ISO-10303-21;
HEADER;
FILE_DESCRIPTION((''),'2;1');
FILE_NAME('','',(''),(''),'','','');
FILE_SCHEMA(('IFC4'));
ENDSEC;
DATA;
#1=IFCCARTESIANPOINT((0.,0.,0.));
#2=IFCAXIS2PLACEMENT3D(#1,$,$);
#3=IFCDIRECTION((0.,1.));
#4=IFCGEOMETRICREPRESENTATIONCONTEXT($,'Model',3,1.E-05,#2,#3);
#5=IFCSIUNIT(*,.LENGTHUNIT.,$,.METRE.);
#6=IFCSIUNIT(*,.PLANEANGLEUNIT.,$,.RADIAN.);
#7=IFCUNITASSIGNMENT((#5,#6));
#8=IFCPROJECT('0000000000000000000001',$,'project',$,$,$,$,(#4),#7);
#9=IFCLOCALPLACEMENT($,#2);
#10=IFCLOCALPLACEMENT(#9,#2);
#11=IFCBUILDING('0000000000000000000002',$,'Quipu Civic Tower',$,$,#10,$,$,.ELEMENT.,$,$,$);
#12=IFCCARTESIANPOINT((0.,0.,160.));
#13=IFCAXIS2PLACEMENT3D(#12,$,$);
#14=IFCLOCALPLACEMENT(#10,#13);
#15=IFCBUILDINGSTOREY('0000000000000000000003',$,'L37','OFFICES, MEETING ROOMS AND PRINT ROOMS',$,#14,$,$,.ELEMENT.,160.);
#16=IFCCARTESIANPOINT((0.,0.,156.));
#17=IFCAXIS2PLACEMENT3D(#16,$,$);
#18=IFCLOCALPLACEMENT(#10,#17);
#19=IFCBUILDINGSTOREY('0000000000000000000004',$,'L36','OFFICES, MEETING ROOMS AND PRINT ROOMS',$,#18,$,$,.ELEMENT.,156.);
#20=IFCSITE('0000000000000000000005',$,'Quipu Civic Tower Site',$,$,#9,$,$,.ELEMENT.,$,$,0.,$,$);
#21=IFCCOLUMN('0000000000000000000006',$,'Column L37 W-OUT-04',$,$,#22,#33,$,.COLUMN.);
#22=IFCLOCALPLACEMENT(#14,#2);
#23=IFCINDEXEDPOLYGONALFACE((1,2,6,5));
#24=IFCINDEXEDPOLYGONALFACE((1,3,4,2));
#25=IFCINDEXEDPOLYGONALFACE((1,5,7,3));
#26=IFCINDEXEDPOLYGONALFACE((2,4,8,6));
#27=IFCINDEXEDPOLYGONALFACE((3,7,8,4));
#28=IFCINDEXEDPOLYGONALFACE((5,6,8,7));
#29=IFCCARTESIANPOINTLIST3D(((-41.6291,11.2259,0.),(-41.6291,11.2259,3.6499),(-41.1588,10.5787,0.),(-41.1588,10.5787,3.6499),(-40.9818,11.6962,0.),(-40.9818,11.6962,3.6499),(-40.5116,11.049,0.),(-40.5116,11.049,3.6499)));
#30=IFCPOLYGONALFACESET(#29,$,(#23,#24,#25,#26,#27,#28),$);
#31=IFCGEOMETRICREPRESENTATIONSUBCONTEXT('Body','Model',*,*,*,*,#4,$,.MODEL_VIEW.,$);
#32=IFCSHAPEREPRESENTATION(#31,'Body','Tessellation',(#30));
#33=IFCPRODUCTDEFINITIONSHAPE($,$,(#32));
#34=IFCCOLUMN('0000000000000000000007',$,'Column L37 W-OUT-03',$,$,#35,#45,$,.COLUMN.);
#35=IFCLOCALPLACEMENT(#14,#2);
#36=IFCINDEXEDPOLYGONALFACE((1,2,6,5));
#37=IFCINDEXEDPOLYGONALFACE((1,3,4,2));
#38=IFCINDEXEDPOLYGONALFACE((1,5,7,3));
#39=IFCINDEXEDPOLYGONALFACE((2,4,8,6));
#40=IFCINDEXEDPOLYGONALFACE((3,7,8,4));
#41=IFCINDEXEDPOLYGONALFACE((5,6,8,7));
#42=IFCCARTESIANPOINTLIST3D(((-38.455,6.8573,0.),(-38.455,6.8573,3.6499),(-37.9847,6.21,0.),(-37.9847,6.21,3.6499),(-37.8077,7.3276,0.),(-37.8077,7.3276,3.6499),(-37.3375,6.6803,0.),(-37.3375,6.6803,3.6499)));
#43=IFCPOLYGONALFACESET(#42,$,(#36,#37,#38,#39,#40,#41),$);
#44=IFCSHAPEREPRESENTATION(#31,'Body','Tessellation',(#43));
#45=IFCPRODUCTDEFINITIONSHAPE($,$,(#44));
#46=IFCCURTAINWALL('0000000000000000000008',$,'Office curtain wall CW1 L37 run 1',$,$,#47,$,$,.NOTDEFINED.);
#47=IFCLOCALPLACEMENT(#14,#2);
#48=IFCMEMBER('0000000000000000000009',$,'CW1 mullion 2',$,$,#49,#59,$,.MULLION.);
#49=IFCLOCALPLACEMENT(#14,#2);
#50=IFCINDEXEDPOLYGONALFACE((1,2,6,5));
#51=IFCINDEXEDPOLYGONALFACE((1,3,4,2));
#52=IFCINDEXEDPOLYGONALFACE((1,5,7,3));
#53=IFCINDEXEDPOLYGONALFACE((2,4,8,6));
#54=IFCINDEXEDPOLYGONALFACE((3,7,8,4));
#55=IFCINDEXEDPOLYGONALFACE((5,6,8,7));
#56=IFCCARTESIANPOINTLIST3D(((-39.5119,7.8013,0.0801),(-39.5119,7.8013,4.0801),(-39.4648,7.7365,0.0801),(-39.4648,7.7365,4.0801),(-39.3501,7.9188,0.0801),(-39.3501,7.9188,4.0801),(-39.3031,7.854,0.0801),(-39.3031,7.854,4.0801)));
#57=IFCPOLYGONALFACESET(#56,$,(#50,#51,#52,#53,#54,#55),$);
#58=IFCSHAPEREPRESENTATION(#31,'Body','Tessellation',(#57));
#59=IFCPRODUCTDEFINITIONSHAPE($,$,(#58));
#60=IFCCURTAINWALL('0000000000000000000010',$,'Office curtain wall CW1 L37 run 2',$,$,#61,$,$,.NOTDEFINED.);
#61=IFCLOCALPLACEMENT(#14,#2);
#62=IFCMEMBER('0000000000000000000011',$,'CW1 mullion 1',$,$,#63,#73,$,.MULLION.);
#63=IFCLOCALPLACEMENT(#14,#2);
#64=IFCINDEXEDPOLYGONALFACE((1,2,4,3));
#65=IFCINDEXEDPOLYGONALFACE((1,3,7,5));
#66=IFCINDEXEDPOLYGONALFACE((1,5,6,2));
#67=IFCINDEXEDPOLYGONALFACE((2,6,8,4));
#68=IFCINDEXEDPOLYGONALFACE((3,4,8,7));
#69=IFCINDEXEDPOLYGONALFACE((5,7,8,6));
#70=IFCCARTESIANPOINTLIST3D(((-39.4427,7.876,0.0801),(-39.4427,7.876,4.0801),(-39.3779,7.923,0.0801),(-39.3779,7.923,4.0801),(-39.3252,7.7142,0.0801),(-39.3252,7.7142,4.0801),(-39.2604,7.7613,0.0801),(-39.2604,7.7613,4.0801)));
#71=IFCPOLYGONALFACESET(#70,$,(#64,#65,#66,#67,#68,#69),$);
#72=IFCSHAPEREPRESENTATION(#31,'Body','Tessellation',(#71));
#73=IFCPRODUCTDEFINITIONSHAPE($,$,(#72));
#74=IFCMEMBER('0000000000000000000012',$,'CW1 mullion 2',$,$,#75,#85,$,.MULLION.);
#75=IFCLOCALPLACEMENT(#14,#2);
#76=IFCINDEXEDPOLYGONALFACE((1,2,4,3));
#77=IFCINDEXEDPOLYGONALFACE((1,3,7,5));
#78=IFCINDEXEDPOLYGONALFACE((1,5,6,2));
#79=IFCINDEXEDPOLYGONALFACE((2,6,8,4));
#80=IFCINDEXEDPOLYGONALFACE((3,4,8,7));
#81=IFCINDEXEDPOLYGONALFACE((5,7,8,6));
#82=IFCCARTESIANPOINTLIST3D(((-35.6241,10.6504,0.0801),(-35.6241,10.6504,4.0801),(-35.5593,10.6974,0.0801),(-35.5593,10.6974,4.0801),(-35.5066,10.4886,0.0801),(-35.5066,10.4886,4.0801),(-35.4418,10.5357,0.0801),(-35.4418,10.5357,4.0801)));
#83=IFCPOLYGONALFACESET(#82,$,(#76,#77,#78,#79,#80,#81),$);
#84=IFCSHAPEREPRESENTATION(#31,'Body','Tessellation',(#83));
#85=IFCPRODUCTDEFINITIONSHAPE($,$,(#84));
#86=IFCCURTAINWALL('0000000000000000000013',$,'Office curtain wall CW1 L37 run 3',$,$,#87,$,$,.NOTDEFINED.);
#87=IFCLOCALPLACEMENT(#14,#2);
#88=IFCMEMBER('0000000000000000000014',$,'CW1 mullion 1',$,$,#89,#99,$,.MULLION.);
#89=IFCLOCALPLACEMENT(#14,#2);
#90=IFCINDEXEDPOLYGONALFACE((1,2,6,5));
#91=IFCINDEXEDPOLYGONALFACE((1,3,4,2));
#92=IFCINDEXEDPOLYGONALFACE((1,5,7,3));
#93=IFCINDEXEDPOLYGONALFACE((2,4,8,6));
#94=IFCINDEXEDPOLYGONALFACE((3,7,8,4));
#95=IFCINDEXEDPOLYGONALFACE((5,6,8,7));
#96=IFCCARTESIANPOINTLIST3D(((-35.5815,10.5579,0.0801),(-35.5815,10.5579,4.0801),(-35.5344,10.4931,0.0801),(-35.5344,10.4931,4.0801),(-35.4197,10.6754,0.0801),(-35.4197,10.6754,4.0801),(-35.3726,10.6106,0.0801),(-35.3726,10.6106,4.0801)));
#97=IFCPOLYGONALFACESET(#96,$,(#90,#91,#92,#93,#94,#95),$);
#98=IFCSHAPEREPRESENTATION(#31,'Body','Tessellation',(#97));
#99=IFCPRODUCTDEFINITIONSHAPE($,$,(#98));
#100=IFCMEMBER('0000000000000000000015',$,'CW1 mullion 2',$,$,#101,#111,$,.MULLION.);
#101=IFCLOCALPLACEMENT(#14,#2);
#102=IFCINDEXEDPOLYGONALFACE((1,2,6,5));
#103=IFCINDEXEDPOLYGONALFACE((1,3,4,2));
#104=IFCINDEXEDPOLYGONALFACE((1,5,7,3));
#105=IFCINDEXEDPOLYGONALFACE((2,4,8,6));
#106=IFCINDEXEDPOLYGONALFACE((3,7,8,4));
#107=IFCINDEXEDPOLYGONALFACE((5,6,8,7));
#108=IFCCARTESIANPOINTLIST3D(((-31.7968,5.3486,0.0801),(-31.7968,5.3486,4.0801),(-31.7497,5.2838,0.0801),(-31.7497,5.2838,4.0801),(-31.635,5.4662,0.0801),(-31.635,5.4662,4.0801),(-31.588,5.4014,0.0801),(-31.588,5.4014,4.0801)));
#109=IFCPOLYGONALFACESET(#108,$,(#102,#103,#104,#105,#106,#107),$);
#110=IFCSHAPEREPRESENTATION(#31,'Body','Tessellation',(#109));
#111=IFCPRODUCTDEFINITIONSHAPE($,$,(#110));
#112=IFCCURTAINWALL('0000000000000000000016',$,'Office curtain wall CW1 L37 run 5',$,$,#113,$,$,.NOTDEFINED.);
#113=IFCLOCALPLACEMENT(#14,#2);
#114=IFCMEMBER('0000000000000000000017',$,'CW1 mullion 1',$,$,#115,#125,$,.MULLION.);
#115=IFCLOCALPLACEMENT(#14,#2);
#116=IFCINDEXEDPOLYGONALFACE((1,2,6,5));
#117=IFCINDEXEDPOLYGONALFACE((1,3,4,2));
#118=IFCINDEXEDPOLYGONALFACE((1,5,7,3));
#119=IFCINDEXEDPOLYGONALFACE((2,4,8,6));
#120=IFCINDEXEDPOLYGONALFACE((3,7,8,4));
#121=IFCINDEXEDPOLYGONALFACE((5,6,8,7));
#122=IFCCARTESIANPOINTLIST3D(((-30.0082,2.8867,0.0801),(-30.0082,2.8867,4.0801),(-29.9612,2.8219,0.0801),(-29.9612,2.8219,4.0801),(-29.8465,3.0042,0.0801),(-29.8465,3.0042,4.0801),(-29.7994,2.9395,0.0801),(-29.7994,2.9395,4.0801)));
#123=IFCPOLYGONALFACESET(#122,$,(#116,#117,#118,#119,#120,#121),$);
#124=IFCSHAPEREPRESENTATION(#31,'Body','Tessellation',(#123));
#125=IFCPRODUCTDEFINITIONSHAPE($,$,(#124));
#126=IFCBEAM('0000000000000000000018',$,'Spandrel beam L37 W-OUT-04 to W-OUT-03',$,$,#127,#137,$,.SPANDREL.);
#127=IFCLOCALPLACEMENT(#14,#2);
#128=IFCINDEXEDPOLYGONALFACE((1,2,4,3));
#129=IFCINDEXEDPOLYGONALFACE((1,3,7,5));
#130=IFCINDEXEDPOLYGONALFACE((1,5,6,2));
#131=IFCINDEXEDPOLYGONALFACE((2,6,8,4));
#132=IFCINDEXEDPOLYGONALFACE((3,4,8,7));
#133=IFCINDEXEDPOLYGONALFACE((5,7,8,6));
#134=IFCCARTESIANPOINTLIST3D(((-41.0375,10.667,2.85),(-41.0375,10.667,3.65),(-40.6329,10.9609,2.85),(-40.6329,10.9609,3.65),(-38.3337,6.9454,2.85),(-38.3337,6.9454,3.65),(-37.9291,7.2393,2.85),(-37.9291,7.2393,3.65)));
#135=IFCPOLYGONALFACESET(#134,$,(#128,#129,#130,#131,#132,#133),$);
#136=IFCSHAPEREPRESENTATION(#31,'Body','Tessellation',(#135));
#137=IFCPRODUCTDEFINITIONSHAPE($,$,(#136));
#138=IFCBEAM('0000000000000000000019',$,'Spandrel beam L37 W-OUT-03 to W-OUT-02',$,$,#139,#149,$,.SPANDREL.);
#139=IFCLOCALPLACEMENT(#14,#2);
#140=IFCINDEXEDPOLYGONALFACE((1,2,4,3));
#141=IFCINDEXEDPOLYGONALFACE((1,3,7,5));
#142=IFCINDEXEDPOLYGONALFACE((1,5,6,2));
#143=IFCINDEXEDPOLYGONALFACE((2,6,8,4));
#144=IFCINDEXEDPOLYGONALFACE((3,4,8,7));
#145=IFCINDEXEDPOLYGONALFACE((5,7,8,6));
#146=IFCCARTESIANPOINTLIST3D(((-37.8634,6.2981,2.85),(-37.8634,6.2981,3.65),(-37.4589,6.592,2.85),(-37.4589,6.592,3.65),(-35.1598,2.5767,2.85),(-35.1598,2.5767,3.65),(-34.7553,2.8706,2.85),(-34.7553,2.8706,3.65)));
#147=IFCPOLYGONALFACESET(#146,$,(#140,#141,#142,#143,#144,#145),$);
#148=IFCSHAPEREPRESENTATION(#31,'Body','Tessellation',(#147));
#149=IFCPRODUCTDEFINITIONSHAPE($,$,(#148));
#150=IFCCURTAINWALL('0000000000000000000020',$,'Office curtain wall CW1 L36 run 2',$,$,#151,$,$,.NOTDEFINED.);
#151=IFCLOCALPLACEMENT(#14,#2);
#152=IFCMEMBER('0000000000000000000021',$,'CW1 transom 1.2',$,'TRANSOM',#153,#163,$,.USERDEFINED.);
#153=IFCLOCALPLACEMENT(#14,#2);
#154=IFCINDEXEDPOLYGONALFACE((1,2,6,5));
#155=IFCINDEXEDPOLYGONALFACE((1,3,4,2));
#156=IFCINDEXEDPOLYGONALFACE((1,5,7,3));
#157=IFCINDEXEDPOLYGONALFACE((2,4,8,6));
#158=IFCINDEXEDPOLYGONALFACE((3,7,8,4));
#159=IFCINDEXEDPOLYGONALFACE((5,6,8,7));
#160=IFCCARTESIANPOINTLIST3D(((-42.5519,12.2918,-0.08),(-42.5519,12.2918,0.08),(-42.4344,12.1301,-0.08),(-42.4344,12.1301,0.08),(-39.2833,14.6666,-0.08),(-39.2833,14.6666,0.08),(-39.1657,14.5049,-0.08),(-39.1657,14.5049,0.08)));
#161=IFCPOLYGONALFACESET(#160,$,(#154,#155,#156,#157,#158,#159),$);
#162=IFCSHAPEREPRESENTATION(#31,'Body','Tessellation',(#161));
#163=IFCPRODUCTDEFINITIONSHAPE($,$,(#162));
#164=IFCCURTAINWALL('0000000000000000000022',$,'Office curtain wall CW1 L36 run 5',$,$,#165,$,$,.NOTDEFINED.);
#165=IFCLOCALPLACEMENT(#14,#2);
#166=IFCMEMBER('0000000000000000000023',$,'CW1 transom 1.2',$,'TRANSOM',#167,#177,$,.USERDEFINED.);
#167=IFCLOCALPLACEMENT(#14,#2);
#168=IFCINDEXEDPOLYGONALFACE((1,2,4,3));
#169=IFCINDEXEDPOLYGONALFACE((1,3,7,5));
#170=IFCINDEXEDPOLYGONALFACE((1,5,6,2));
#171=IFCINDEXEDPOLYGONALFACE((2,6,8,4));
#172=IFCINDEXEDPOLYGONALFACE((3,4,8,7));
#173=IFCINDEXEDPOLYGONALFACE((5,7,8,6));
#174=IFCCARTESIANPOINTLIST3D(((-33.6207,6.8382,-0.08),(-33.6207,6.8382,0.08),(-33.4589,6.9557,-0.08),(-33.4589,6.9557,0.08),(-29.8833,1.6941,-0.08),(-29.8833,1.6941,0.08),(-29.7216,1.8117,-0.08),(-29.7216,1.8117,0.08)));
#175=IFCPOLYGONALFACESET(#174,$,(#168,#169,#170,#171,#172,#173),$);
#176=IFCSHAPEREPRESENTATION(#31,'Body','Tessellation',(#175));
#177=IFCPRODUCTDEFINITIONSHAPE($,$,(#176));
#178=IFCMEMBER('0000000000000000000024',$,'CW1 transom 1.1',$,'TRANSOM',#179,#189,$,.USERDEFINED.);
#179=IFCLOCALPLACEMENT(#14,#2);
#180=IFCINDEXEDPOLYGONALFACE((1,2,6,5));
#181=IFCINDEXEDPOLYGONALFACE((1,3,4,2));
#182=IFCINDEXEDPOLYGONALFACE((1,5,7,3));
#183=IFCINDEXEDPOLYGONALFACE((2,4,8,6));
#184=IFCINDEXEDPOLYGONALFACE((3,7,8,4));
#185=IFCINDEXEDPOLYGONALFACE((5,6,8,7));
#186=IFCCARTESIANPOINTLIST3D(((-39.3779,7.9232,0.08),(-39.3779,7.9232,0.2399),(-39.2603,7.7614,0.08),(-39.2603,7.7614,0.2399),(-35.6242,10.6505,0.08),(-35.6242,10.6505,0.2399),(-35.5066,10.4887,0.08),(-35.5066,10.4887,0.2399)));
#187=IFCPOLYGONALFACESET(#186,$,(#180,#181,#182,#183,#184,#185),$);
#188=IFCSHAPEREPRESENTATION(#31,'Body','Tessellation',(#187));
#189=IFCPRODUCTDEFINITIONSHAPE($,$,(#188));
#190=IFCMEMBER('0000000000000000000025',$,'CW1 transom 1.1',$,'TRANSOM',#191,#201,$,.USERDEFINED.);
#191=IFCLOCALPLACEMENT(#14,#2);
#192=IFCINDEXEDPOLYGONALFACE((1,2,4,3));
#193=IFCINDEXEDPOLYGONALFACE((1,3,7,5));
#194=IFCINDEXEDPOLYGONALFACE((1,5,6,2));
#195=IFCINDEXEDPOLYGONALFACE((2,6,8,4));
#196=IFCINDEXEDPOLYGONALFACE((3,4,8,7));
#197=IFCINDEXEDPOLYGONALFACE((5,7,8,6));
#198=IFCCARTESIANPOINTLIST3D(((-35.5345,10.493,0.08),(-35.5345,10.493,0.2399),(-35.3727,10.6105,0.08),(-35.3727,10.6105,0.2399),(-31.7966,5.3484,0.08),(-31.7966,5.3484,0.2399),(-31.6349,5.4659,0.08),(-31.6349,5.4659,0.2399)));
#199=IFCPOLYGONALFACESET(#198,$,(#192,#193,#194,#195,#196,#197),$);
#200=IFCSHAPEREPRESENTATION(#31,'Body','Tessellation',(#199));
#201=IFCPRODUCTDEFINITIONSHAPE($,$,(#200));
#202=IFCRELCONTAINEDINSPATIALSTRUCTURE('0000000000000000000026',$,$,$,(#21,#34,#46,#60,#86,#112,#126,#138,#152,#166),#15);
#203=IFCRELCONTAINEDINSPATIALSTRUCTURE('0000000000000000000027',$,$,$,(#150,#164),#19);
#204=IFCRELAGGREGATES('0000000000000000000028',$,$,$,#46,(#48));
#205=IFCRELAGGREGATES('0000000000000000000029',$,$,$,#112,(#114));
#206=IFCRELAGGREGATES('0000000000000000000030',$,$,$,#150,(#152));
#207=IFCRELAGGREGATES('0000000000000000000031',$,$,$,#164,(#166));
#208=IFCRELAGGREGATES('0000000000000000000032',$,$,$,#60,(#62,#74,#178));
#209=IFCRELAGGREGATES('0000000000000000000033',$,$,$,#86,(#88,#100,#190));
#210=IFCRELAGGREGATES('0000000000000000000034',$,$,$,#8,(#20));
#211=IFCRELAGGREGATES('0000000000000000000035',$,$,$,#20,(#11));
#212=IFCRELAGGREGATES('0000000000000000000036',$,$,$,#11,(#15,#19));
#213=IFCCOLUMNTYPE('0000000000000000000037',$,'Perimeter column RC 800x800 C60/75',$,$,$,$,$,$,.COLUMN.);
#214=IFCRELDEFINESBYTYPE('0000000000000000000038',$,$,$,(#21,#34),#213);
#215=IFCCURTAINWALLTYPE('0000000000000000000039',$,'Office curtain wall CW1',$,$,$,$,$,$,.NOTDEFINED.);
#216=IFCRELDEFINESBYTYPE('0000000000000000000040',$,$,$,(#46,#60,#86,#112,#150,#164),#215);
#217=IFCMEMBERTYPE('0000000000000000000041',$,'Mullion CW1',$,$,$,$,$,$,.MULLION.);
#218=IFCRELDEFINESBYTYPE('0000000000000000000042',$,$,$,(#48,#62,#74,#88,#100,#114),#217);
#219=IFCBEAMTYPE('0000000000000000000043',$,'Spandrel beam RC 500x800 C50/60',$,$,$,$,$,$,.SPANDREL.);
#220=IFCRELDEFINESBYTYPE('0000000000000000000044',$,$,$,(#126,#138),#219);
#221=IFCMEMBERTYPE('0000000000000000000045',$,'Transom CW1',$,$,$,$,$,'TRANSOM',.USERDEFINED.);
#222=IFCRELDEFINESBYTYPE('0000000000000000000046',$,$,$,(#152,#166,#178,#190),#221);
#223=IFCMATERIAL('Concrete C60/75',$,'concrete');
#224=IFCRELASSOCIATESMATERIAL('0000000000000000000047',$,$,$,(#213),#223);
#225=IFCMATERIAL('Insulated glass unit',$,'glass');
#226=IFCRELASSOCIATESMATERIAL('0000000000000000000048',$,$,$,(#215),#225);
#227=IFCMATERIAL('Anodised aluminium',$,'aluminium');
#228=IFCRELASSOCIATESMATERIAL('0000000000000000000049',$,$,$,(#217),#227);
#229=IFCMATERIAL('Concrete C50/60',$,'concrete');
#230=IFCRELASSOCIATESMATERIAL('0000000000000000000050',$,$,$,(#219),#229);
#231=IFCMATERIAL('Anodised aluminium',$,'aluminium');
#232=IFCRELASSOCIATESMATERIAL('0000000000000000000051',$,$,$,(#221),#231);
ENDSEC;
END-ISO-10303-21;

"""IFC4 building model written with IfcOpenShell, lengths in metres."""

from ifc_helpers import new_model, si_unit, direction, frame, origin, origin_2d, place, context, subcontext, project, spatial, rectangle, extrude, material, material_profile, profile_set, type_object, element, aggregate, save


model = new_model("IFC4")

# Units and contexts
model_context = context("Model", 3, precision=1e-05, world=origin(), true_north=direction((0.0, 1.0)))
body_context = subcontext(model_context, "Body", "Model", "MODEL_VIEW")
ifc_project = project(units=[si_unit("LENGTHUNIT", "METRE"), si_unit("PLANEANGLEUNIT", "RADIAN")], contexts=[model_context])

# Site, building, storey
site_placement = place(None, origin())
site = spatial("IfcSite", under=ifc_project, at=site_placement, Name="Quipu Civic Tower Site", CompositionType="ELEMENT", RefElevation=0.0)
building_placement = place(site_placement, origin())
building = spatial("IfcBuilding", under=site, at=building_placement, Name="Quipu Civic Tower", CompositionType="ELEMENT")
storey_1_placement = place(building_placement, frame((0.0, 0.0, 160.0)))
storey_1 = spatial("IfcBuildingStorey", under=building, at=storey_1_placement, Name="L37", Description="OFFICES, MEETING ROOMS AND PRINT ROOMS", CompositionType="ELEMENT", Elevation=160.0)

# Columns
ifc_material_1 = material(Name="Concrete C60/75", Category="concrete")
ifc_material_profile_1 = material_profile(ifc_material_1, rectangle(XDim=0.8, YDim=0.8, at=origin_2d()), Name="RC800x800")
ifc_profile_set_1 = profile_set([ifc_material_profile_1], Name="Concrete C60/75")
column_type = type_object("IfcColumnType", Name="Perimeter column RC 800x800 C60/75", PredefinedType="COLUMN", material=ifc_profile_set_1)
for number, where, z_axis, x_axis, name in (
    (1, (-41.0703, 11.1375, 0.0), (0.0, 0.0, 1.0), (0.587785, -0.809017, 0.0), "Column L37 W-OUT-04"),
    (2, (-37.8962, 6.7688, 0.0), (0.0, 0.0, 1.0), (0.587785, -0.809017, 0.0), "Column L37 W-OUT-03"),
):
    element("IfcColumn", number, at=place(storey_1_placement, frame(where, z_axis=z_axis, x_axis=x_axis)), inside=storey_1, type_object=column_type, Name=name, PredefinedType="COLUMN", context=body_context, shape_type="SweptSolid", body=[
        extrude(rectangle(XDim=0.8, YDim=0.8, at=origin_2d()), origin(), (0.0, 0.0, 1.0), 3.6499),
    ])

# Curtain wall, member
ifc_material_2 = material(Name="Insulated glass unit", Category="glass")
curtain_wall_type = type_object("IfcCurtainWallType", Name="Office curtain wall CW1", PredefinedType="NOTDEFINED", material=ifc_material_2)
curtain_wall_1_placement = place(storey_1_placement, origin())
curtain_wall_1 = element("IfcCurtainWall", 3, at=curtain_wall_1_placement, inside=storey_1, type_object=curtain_wall_type, Name="Office curtain wall CW1 L37 run 1", PredefinedType="NOTDEFINED")
ifc_material_3 = material(Name="Anodised aluminium", Category="aluminium")
ifc_material_profile_2 = material_profile(ifc_material_3, rectangle(XDim=0.2, YDim=0.0801, at=origin_2d()), Name="RECT 200x80")
ifc_profile_set_2 = profile_set([ifc_material_profile_2], Name="Anodised aluminium")
member_type_1 = type_object("IfcMemberType", Name="Mullion CW1", PredefinedType="MULLION", material=ifc_profile_set_2)
member_1_placement = place(storey_1_placement, frame((-39.4075, 7.8276, 0.0801), z_axis=(0.0, 0.0, 1.0), x_axis=(0.809016, 0.587787, 0.0)))
member_1 = element("IfcMember", 4, at=member_1_placement, type_object=member_type_1, Name="CW1 mullion 2", PredefinedType="MULLION", context=body_context, shape_type="SweptSolid", body=[
    extrude(rectangle(XDim=0.2, YDim=0.0801, at=origin_2d()), origin(), (0.0, 0.0, 1.0), 4.0),
])
aggregate(curtain_wall_1, [member_1])

# Curtain walls, members
curtain_wall_2_placement = place(storey_1_placement, origin())
curtain_wall_2 = element("IfcCurtainWall", 5, at=curtain_wall_2_placement, inside=storey_1, type_object=curtain_wall_type, Name="Office curtain wall CW1 L37 run 2", PredefinedType="NOTDEFINED")
member_2_placement = place(storey_1_placement, frame((-39.3516, 7.8186, 0.0801), z_axis=(0.0, 0.0, 1.0), x_axis=(-0.587774, 0.809025, 0.0)))
member_2 = element("IfcMember", 6, at=member_2_placement, type_object=member_type_1, Name="CW1 mullion 1", PredefinedType="MULLION", context=body_context, shape_type="SweptSolid", body=[
    extrude(rectangle(XDim=0.2, YDim=0.0801, at=origin_2d()), origin(), (0.0, 0.0, 1.0), 4.0),
])
member_3_placement = place(storey_1_placement, frame((-35.533, 10.593, 0.0801), z_axis=(0.0, 0.0, 1.0), x_axis=(-0.587774, 0.809025, 0.0)))
member_3 = element("IfcMember", 7, at=member_3_placement, type_object=member_type_1, Name="CW1 mullion 2", PredefinedType="MULLION", context=body_context, shape_type="SweptSolid", body=[
    extrude(rectangle(XDim=0.2, YDim=0.0801, at=origin_2d()), origin(), (0.0, 0.0, 1.0), 4.0),
])
curtain_wall_3_placement = place(storey_1_placement, origin())
curtain_wall_3 = element("IfcCurtainWall", 8, at=curtain_wall_3_placement, inside=storey_1, type_object=curtain_wall_type, Name="Office curtain wall CW1 L37 run 3", PredefinedType="NOTDEFINED")
member_4_placement = place(storey_1_placement, frame((-35.4771, 10.5842, 0.0801), z_axis=(0.0, 0.0, 1.0), x_axis=(0.809018, 0.587784, 0.0)))
member_4 = element("IfcMember", 9, at=member_4_placement, type_object=member_type_1, Name="CW1 mullion 1", PredefinedType="MULLION", context=body_context, shape_type="SweptSolid", body=[
    extrude(rectangle(XDim=0.2, YDim=0.0801, at=origin_2d()), origin(), (0.0, 0.0, 1.0), 4.0),
])
member_5_placement = place(storey_1_placement, frame((-31.6924, 5.375, 0.0801), z_axis=(0.0, 0.0, 1.0), x_axis=(0.809018, 0.587784, 0.0)))
member_5 = element("IfcMember", 10, at=member_5_placement, type_object=member_type_1, Name="CW1 mullion 2", PredefinedType="MULLION", context=body_context, shape_type="SweptSolid", body=[
    extrude(rectangle(XDim=0.2, YDim=0.0801, at=origin_2d()), origin(), (0.0, 0.0, 1.0), 4.0),
])

# Curtain wall, member
curtain_wall_4_placement = place(storey_1_placement, origin())
curtain_wall_4 = element("IfcCurtainWall", 11, at=curtain_wall_4_placement, inside=storey_1, type_object=curtain_wall_type, Name="Office curtain wall CW1 L37 run 5", PredefinedType="NOTDEFINED")
member_6_placement = place(storey_1_placement, frame((-29.9038, 2.9131, 0.0801), z_axis=(0.0, 0.0, 1.0), x_axis=(0.809017, 0.587785, 0.0)))
member_6 = element("IfcMember", 12, at=member_6_placement, type_object=member_type_1, Name="CW1 mullion 1", PredefinedType="MULLION", context=body_context, shape_type="SweptSolid", body=[
    extrude(rectangle(XDim=0.2, YDim=0.0801, at=origin_2d()), origin(), (0.0, 0.0, 1.0), 4.0),
])
aggregate(curtain_wall_4, [member_6])

# Beams
ifc_material_4 = material(Name="Concrete C50/60", Category="concrete")
ifc_material_profile_3 = material_profile(ifc_material_4, rectangle(XDim=0.5, YDim=0.8, at=origin_2d()), Name="RC500x800")
ifc_profile_set_3 = profile_set([ifc_material_profile_3], Name="Concrete C50/60")
beam_type = type_object("IfcBeamType", Name="Spandrel beam RC 500x800 C50/60", PredefinedType="SPANDREL", material=ifc_profile_set_3)
beam_1_placement = place(storey_1_placement, frame((-40.8352, 10.814, 3.25), z_axis=(0.587771, -0.809027, 0.0), x_axis=(0.809027, 0.587771, 0.0)))
element("IfcBeam", 13, at=beam_1_placement, inside=storey_1, type_object=beam_type, Name="Spandrel beam L37 W-OUT-04 to W-OUT-03", PredefinedType="SPANDREL", context=body_context, shape_type="SweptSolid", body=[
    extrude(rectangle(XDim=0.5, YDim=0.8, at=origin_2d()), origin(), (0.0, 0.0, 1.0), 4.6001),
])
beam_2_placement = place(storey_1_placement, frame((-37.6611, 6.4451, 3.25), z_axis=(0.587761, -0.809034, 0.0), x_axis=(0.809034, 0.587761, 0.0)))
element("IfcBeam", 14, at=beam_2_placement, inside=storey_1, type_object=beam_type, Name="Spandrel beam L37 W-OUT-03 to W-OUT-02", PredefinedType="SPANDREL", context=body_context, shape_type="SweptSolid", body=[
    extrude(rectangle(XDim=0.5, YDim=0.8, at=origin_2d()), origin(), (0.0, 0.0, 1.0), 4.5999),
])

# Shared definitions
storey_2_placement = place(building_placement, frame((0.0, 0.0, 156.0)))
storey_2 = spatial("IfcBuildingStorey", under=building, at=storey_2_placement, Name="L36", Description="OFFICES, MEETING ROOMS AND PRINT ROOMS", CompositionType="ELEMENT", Elevation=156.0)

# Curtain walls, members
curtain_wall_5_placement = place(storey_2_placement, origin())
curtain_wall_5 = element("IfcCurtainWall", 15, at=curtain_wall_5_placement, inside=storey_2, type_object=curtain_wall_type, Name="Office curtain wall CW1 L36 run 2", PredefinedType="NOTDEFINED")
ifc_material_5 = material(Name="Anodised aluminium", Category="aluminium")
ifc_material_profile_4 = material_profile(ifc_material_5, rectangle(XDim=0.2, YDim=0.1599, at=origin_2d()), Name="RECT 200x160")
ifc_profile_set_4 = profile_set([ifc_material_profile_4], Name="Anodised aluminium")
member_type_2 = type_object("IfcMemberType", Name="Transom CW1", ElementType="TRANSOM", PredefinedType="USERDEFINED", material=ifc_profile_set_4)
member_7_placement = place(storey_1_placement, frame((-42.4932, 12.2109, 0.0), z_axis=(0.809016, 0.587787, 0.0), x_axis=(-0.587787, 0.809016, 0.0)))
member_7 = element("IfcMember", 16, at=member_7_placement, inside=storey_1, type_object=member_type_2, Name="CW1 transom 1.2", ObjectType="TRANSOM", PredefinedType="USERDEFINED", context=body_context, shape_type="SweptSolid", body=[
    extrude(rectangle(XDim=0.2, YDim=0.1599, at=origin_2d()), origin(), (0.0, 0.0, 1.0), 4.0403),
])
aggregate(curtain_wall_5, [member_7])
curtain_wall_6_placement = place(storey_2_placement, origin())
curtain_wall_6 = element("IfcCurtainWall", 17, at=curtain_wall_6_placement, inside=storey_2, type_object=curtain_wall_type, Name="Office curtain wall CW1 L36 run 5", PredefinedType="NOTDEFINED")
member_8_placement = place(storey_1_placement, frame((-33.5398, 6.897, 0.0), z_axis=(0.587779, -0.809022, 0.0), x_axis=(0.809022, 0.587779, 0.0)))
member_8 = element("IfcMember", 18, at=member_8_placement, inside=storey_1, type_object=member_type_2, Name="CW1 transom 1.2", ObjectType="TRANSOM", PredefinedType="USERDEFINED", context=body_context, shape_type="SweptSolid", body=[
    extrude(rectangle(XDim=0.2, YDim=0.1599, at=origin_2d()), origin(), (0.0, 0.0, 1.0), 6.3584),
])
aggregate(curtain_wall_6, [member_8])

# Members
member_9_placement = place(storey_1_placement, frame((-39.3191, 7.8423, 0.1599), z_axis=(0.809007, 0.587799, 0.0), x_axis=(-0.587799, 0.809007, 0.0)))
member_9 = element("IfcMember", 19, at=member_9_placement, type_object=member_type_2, Name="CW1 transom 1.1", ObjectType="TRANSOM", PredefinedType="USERDEFINED", context=body_context, shape_type="SweptSolid", body=[
    extrude(rectangle(XDim=0.2, YDim=0.1599, at=origin_2d()), origin(), (0.0, 0.0, 1.0), 4.6399),
])
member_10_placement = place(storey_1_placement, frame((-35.4536, 10.5518, 0.1599), z_axis=(0.587793, -0.809012, 0.0), x_axis=(0.809012, 0.587793, 0.0)))
member_10 = element("IfcMember", 20, at=member_10_placement, type_object=member_type_2, Name="CW1 transom 1.1", ObjectType="TRANSOM", PredefinedType="USERDEFINED", context=body_context, shape_type="SweptSolid", body=[
    extrude(rectangle(XDim=0.2, YDim=0.1599, at=origin_2d()), origin(), (0.0, 0.0, 1.0), 6.3591),
])

aggregate(curtain_wall_2, [member_2, member_3, member_9])
aggregate(curtain_wall_3, [member_4, member_5, member_10])

save(model, "model.ifc")
